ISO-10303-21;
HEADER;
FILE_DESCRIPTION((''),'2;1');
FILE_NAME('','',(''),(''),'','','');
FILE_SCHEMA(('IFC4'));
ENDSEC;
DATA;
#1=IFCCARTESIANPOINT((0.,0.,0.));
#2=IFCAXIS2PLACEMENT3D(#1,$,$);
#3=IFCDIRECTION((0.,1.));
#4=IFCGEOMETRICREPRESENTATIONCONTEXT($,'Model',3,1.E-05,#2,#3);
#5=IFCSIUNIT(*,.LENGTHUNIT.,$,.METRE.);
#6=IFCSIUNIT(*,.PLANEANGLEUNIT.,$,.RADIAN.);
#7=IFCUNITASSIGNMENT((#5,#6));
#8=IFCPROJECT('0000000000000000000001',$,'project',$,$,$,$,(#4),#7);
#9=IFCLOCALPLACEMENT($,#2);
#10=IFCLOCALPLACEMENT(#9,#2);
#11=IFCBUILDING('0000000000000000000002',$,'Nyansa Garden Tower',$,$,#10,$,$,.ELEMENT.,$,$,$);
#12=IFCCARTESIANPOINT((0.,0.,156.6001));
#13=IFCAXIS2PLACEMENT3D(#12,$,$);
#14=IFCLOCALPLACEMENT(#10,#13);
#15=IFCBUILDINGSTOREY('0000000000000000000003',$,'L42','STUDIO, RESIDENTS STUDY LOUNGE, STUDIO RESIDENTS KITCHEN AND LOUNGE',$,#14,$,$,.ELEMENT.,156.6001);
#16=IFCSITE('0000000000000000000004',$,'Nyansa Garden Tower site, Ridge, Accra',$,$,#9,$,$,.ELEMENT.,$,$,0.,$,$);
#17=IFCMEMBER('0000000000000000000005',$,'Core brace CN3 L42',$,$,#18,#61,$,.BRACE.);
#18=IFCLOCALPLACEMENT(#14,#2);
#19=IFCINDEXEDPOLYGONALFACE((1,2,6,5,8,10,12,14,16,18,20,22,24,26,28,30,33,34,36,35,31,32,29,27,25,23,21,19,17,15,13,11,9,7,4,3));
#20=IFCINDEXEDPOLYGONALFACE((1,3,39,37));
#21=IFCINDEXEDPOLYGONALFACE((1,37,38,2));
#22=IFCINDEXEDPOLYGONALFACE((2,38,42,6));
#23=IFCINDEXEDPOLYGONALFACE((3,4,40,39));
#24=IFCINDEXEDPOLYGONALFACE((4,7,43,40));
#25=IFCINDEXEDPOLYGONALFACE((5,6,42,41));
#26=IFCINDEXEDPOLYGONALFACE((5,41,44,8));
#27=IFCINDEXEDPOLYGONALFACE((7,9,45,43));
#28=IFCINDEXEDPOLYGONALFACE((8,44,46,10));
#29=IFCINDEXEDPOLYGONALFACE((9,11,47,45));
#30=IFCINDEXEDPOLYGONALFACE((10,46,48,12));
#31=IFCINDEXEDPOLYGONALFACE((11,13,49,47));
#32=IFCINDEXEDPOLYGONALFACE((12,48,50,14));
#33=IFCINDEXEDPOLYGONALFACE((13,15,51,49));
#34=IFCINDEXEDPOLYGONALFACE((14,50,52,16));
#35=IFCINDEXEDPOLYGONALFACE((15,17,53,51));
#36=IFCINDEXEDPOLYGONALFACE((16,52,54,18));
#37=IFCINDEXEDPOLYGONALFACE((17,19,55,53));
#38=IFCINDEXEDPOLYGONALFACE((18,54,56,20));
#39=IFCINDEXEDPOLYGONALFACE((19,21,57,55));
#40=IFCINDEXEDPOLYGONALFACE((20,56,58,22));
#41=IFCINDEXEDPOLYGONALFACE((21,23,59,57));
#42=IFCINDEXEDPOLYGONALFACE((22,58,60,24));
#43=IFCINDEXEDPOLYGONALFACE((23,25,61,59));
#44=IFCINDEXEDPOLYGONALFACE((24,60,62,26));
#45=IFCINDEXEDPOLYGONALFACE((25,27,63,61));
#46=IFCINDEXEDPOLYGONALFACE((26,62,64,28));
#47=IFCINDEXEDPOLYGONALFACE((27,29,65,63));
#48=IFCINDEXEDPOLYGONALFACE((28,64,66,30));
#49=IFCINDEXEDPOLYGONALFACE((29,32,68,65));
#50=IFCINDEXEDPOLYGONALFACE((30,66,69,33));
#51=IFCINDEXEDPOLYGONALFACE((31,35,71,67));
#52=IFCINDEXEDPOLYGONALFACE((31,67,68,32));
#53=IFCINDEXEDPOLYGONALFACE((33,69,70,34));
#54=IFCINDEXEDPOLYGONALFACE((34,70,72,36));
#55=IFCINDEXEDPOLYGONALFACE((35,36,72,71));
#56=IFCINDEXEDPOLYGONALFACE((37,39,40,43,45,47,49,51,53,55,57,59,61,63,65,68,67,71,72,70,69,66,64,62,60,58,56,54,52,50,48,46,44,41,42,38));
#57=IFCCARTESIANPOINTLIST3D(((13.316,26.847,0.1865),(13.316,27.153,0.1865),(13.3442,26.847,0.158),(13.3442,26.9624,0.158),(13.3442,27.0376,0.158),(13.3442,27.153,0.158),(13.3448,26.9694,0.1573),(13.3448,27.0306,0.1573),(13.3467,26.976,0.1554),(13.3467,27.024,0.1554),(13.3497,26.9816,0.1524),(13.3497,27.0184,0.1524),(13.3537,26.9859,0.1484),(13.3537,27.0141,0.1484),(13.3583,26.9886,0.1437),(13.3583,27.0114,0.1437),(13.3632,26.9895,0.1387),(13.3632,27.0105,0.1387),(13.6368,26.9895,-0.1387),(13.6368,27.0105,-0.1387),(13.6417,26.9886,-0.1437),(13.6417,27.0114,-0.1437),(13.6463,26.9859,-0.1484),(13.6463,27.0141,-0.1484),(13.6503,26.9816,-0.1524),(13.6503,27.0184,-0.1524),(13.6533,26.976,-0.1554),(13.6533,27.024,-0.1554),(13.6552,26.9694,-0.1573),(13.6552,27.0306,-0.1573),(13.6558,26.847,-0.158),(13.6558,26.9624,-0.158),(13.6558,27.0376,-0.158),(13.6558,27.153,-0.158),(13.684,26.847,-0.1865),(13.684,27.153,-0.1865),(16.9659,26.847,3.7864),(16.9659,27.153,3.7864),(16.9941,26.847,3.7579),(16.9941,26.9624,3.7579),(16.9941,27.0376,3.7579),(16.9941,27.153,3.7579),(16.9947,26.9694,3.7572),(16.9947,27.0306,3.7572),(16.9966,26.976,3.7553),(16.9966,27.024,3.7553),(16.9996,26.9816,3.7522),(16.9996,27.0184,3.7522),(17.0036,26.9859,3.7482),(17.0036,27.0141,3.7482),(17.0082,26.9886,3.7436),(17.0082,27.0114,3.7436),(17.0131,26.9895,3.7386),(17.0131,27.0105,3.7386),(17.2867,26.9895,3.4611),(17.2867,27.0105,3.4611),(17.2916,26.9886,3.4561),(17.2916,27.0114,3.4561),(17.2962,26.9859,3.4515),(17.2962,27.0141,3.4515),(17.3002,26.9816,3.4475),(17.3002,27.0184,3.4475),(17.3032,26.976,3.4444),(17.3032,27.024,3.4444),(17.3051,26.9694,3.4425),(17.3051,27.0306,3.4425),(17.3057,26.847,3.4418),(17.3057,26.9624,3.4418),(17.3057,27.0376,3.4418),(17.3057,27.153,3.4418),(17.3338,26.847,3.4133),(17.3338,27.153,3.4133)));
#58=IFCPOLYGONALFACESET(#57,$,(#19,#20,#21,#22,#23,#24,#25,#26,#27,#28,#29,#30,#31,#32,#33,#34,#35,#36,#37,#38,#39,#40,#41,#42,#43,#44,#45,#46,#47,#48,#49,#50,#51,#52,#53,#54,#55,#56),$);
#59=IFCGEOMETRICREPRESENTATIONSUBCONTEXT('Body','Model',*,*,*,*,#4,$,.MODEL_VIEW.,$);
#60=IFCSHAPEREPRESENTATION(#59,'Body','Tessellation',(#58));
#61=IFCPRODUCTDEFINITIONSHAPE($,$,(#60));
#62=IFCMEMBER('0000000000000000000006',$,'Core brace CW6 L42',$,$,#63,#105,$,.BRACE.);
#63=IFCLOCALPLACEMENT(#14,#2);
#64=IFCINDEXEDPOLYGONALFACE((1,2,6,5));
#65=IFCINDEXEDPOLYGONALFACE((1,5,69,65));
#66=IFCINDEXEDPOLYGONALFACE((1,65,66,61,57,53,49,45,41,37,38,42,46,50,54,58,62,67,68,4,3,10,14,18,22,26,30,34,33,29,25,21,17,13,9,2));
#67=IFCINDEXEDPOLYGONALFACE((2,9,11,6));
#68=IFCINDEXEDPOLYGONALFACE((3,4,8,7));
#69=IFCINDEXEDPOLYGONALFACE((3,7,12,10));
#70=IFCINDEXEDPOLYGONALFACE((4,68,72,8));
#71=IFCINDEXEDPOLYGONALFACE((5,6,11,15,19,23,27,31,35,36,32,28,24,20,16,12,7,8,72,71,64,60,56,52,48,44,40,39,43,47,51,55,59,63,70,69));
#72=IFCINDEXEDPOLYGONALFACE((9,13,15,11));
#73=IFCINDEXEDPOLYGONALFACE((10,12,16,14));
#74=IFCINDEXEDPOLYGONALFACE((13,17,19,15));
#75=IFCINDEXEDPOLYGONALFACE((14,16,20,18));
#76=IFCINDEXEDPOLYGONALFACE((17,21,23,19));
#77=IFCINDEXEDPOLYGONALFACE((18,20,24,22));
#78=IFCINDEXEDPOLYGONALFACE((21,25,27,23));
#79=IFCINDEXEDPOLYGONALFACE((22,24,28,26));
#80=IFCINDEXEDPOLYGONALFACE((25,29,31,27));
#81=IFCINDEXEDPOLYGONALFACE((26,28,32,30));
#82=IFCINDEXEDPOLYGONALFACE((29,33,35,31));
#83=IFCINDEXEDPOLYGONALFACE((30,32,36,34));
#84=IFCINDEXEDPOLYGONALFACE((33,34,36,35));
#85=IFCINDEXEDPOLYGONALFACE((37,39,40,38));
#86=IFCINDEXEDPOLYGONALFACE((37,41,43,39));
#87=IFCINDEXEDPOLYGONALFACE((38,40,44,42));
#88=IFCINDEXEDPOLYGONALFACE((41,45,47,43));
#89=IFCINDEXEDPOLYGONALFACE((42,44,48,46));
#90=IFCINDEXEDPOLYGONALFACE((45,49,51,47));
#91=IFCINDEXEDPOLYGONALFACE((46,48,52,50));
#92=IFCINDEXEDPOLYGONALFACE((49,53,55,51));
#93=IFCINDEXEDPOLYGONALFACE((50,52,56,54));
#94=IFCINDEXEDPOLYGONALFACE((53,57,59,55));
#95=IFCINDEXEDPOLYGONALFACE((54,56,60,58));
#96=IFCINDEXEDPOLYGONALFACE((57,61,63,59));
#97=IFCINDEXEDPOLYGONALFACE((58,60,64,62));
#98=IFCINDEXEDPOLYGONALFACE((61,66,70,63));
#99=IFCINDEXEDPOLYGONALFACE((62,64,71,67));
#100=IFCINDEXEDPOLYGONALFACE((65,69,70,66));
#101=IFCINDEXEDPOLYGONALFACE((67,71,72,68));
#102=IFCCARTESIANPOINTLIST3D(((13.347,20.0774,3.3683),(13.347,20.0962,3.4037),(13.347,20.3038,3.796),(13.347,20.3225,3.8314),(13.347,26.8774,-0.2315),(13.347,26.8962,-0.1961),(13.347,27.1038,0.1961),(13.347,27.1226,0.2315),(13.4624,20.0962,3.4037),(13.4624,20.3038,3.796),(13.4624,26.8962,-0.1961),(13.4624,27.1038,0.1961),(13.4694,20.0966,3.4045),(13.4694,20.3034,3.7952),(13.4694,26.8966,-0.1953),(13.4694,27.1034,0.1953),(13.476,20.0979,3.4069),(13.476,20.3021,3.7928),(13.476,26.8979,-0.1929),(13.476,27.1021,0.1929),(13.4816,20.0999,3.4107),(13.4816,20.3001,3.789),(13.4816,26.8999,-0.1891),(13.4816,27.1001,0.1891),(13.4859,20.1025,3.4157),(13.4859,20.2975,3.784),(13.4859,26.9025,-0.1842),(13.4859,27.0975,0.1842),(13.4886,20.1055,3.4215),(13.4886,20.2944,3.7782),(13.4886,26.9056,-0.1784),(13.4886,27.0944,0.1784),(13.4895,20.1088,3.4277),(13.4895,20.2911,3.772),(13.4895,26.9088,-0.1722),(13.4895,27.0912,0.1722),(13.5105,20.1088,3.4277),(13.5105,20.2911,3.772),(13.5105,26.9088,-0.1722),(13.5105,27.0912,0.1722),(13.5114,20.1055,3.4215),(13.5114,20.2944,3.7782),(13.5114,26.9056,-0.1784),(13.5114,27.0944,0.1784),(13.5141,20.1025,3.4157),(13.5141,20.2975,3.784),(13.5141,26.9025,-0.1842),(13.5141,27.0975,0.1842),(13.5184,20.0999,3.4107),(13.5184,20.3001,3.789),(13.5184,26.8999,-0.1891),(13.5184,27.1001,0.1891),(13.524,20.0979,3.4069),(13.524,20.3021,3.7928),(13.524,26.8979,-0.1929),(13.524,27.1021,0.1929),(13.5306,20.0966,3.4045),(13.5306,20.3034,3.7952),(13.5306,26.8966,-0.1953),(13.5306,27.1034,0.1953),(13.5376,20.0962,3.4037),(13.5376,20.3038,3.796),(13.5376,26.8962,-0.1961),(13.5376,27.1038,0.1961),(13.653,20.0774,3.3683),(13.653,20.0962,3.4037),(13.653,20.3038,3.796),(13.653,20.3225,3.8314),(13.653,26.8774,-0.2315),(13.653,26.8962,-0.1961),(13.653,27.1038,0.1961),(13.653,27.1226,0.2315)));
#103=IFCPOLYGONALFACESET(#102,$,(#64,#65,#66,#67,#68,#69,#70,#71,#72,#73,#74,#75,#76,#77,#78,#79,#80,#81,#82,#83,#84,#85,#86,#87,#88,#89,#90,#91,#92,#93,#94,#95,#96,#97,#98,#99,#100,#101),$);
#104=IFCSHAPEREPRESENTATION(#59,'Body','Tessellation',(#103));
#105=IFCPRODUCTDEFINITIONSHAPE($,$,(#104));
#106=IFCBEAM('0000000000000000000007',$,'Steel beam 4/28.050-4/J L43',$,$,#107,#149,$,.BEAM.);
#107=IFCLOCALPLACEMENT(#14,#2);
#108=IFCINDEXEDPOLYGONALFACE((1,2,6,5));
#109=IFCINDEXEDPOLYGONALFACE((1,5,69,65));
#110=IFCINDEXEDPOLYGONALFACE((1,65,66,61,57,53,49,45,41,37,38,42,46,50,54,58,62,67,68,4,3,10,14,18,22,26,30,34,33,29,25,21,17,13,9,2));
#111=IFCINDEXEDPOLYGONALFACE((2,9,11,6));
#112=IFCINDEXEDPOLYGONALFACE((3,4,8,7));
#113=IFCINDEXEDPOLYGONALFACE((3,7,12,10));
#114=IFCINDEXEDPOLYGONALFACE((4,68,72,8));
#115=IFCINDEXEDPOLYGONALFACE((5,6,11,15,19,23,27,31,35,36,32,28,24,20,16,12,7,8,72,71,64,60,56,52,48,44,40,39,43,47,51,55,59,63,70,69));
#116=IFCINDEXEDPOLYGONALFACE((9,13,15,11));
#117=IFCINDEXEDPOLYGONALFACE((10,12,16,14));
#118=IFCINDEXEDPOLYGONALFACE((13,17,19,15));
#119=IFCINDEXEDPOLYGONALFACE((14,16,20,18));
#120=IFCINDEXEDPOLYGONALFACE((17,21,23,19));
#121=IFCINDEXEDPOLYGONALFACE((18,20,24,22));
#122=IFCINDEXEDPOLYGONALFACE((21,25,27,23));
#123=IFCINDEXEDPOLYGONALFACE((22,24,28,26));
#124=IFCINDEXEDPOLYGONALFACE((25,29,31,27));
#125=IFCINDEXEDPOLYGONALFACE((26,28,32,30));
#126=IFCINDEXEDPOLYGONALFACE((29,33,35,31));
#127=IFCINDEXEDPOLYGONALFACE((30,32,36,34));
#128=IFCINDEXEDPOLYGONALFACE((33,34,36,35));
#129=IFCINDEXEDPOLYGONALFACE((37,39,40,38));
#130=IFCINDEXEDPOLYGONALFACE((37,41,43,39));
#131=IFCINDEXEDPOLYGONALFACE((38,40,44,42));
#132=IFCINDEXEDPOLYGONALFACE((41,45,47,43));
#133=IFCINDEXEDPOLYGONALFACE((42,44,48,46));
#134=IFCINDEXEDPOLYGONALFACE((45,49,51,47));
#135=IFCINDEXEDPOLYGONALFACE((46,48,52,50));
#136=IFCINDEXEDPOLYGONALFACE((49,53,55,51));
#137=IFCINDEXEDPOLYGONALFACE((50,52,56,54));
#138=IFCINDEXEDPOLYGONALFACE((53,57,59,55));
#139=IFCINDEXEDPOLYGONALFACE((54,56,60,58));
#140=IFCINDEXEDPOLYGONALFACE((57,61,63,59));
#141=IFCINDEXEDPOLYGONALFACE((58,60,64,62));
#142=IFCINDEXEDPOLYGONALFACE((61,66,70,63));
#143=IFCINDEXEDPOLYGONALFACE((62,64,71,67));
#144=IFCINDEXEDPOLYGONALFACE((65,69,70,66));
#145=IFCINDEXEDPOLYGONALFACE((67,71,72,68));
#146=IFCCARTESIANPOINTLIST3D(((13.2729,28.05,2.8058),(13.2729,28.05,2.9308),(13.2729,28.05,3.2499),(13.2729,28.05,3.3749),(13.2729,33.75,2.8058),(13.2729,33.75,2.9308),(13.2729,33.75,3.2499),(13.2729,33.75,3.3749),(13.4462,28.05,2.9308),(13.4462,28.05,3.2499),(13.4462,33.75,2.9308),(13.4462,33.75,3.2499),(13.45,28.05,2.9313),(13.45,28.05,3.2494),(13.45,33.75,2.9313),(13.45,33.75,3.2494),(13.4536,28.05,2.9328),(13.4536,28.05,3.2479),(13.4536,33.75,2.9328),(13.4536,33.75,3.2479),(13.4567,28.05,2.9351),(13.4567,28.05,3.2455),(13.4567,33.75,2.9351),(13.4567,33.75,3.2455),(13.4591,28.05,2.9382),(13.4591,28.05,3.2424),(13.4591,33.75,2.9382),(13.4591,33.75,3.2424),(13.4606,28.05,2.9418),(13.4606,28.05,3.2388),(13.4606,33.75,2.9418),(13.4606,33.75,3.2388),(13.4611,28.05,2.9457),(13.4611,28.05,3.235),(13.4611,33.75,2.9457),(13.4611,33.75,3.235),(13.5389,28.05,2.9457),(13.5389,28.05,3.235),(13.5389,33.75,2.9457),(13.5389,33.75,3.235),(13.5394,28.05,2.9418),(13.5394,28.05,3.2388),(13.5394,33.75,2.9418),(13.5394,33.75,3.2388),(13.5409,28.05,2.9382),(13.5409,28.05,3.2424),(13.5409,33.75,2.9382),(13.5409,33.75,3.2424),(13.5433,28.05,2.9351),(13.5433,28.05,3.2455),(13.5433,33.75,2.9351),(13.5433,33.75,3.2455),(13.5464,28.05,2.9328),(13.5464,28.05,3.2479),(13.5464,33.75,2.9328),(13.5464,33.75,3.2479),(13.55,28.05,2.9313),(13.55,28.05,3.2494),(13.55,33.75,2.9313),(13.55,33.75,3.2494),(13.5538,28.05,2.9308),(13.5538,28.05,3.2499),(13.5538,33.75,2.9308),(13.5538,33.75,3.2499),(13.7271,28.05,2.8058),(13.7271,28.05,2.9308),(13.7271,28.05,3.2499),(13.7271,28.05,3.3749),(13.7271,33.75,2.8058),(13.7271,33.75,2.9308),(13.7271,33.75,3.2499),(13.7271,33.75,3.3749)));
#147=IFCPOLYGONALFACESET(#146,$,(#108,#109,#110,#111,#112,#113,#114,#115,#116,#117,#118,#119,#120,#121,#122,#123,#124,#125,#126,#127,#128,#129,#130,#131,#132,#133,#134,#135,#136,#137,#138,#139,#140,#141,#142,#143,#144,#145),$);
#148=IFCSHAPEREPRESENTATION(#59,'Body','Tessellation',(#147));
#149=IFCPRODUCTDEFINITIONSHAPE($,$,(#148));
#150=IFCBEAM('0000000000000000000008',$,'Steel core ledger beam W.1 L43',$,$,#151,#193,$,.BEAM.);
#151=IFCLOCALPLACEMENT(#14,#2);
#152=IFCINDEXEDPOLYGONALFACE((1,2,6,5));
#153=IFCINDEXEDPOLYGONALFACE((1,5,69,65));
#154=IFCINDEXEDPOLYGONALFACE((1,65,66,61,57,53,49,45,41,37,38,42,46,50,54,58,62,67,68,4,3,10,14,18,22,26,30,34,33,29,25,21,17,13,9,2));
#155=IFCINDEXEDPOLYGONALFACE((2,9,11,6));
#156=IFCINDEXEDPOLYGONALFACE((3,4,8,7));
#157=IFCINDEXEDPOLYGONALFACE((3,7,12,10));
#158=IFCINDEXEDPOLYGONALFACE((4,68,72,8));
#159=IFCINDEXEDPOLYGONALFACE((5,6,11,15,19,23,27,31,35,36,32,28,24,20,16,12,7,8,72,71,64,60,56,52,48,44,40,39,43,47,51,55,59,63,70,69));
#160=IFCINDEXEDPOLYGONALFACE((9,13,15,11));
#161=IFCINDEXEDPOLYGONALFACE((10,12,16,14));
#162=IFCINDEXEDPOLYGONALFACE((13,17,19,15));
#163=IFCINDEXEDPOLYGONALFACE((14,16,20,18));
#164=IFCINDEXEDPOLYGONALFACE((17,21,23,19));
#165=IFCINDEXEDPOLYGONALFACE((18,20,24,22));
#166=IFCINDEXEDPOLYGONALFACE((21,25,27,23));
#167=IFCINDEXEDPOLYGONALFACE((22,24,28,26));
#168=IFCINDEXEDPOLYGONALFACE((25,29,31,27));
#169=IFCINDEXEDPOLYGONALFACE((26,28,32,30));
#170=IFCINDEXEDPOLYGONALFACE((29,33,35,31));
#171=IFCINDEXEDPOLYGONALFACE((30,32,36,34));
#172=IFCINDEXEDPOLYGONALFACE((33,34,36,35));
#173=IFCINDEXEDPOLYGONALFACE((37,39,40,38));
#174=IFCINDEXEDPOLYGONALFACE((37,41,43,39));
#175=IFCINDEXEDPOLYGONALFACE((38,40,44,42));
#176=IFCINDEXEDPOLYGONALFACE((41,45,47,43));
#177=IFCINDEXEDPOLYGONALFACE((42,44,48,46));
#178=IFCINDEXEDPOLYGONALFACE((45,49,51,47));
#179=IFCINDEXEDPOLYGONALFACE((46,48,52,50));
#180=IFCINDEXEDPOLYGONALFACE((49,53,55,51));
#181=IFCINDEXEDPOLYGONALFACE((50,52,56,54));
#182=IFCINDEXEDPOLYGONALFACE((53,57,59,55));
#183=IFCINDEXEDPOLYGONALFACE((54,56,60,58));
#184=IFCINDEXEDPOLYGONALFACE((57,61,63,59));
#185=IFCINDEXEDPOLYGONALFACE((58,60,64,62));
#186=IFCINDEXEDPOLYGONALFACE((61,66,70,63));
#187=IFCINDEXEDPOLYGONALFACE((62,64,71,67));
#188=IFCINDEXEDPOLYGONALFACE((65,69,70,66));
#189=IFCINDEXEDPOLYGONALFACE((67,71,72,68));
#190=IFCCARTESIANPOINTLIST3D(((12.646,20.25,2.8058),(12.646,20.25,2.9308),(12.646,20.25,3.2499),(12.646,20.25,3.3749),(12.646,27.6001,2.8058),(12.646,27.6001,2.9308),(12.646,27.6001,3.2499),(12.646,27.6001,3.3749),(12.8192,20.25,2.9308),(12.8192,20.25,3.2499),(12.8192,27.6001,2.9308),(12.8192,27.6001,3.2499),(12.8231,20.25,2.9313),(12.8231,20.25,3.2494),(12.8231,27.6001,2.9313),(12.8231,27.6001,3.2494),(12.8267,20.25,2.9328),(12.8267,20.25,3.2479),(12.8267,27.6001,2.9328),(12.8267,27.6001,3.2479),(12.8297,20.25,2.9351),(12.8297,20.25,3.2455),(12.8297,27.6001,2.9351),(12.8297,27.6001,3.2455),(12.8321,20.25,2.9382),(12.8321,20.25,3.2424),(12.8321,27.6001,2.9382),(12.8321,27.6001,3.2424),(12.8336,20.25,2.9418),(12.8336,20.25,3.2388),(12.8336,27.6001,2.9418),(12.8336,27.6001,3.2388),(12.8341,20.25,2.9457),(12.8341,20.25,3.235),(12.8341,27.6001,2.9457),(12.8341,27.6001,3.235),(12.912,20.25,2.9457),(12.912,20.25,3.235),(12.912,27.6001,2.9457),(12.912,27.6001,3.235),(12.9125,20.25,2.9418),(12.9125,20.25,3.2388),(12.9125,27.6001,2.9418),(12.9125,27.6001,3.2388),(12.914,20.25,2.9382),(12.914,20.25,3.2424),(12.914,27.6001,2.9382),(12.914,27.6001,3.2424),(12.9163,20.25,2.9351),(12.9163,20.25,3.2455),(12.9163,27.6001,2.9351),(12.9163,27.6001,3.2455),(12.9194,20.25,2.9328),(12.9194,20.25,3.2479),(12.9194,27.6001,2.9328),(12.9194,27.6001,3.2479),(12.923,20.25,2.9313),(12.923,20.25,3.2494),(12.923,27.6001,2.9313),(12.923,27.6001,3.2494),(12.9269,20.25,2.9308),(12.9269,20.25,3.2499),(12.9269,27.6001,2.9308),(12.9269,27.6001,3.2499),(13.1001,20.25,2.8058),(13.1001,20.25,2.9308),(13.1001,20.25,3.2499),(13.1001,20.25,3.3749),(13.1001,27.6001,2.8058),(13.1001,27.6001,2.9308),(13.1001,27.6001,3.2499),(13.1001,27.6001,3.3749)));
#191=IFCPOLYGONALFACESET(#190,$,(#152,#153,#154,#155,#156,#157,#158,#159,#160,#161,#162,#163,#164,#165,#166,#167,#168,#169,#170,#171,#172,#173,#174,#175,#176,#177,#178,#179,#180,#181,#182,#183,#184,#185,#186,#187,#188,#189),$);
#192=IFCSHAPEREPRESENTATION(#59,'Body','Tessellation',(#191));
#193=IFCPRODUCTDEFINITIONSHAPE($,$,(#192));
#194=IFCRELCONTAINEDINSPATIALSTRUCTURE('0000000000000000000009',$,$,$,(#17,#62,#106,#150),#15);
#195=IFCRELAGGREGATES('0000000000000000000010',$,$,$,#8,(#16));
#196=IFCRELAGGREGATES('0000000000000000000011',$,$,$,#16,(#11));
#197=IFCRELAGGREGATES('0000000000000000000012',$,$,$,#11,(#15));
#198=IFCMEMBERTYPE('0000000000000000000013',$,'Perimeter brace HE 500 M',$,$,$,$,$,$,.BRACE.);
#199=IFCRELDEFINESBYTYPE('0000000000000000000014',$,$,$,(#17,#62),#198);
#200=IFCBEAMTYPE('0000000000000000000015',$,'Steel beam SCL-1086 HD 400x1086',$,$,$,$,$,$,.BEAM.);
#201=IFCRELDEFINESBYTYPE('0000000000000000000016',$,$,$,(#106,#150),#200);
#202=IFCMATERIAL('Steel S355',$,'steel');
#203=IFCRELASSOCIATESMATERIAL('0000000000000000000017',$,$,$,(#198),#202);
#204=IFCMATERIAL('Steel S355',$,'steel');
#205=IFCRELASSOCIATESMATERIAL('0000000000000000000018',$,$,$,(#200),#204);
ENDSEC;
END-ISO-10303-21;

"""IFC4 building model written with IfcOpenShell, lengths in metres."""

from ifc_helpers import new_model, si_unit, direction, frame, origin, origin_2d, place, context, subcontext, project, spatial, i_section, extrude, material, material_profile, profile_set, type_object, element, save


model = new_model("IFC4")

# Units and contexts
model_context = context("Model", 3, precision=1e-05, world=origin(), true_north=direction((0.0, 1.0)))
body_context = subcontext(model_context, "Body", "Model", "MODEL_VIEW")
ifc_project = project(units=[si_unit("LENGTHUNIT", "METRE"), si_unit("PLANEANGLEUNIT", "RADIAN")], contexts=[model_context])

# Site, building, storey
site_placement = place(None, origin())
site = spatial("IfcSite", under=ifc_project, at=site_placement, Name="Nyansa Garden Tower site, Ridge, Accra", CompositionType="ELEMENT", RefElevation=0.0)
building_placement = place(site_placement, origin())
building = spatial("IfcBuilding", under=site, at=building_placement, Name="Nyansa Garden Tower", CompositionType="ELEMENT")
storey_placement = place(building_placement, frame((0.0, 0.0, 156.6001)))
storey = spatial("IfcBuildingStorey", under=building, at=storey_placement, Name="L42", Description="STUDIO, RESIDENTS STUDY LOUNGE, STUDIO RESIDENTS KITCHEN AND LOUNGE", CompositionType="ELEMENT", Elevation=156.6001)

# Members
ifc_material_1 = material(Name="Steel S355", Category="steel")
ifc_material_profile_1 = material_profile(ifc_material_1, i_section(OverallWidth=0.3059, OverallDepth=0.5239, WebThickness=0.021, FlangeThickness=0.04, FilletRadius=0.0271, at=origin_2d()), Name="HE 500 M")
ifc_profile_set_1 = profile_set([ifc_material_profile_1], Name="Steel S355")
member_type = type_object("IfcMemberType", Name="Perimeter brace HE 500 M", PredefinedType="BRACE", material=ifc_profile_set_1)
member_1_placement = place(storey_placement, frame((13.5, 27.0, 0.0), z_axis=(0.711971, 0.0, 0.702209), x_axis=(0.0, 1.0, 0.0)))
element("IfcMember", 1, at=member_1_placement, inside=storey, type_object=member_type, Name="Core brace CN3 L42", PredefinedType="BRACE", context=body_context, shape_type="SweptSolid", body=[
    extrude(i_section(OverallWidth=0.3059, OverallDepth=0.5239, WebThickness=0.021, FlangeThickness=0.04, FilletRadius=0.0271, at=origin_2d()), origin(), (0.0, 0.0, 1.0), 5.1265),
])
member_2_placement = place(storey_placement, frame((13.5, 27.0, 0.0), z_axis=(0.0, -0.883797, 0.46787), x_axis=(1.0, 0.0, 0.0)))
element("IfcMember", 2, at=member_2_placement, inside=storey, type_object=member_type, Name="Core brace CW6 L42", PredefinedType="BRACE", context=body_context, shape_type="SweptSolid", body=[
    extrude(i_section(OverallWidth=0.3059, OverallDepth=0.5239, WebThickness=0.021, FlangeThickness=0.04, FilletRadius=0.0271, at=origin_2d()), origin(), (0.0, 0.0, 1.0), 7.6941),
])

# Beams
ifc_material_2 = material(Name="Steel S355", Category="steel")
ifc_material_profile_2 = material_profile(ifc_material_2, i_section(OverallWidth=0.4541, OverallDepth=0.5691, WebThickness=0.0779, FlangeThickness=0.125, FilletRadius=0.0149, at=origin_2d()), Name="HD 400x1086")
ifc_profile_set_2 = profile_set([ifc_material_profile_2], Name="Steel S355")
beam_type = type_object("IfcBeamType", Name="Steel beam SCL-1086 HD 400x1086", PredefinedType="BEAM", material=ifc_profile_set_2)
beam_1_placement = place(storey_placement, frame((13.5, 28.05, 3.0903), z_axis=(0.0, 1.0, 0.0), x_axis=(-1.0, 0.0, 0.0)))
element("IfcBeam", 3, at=beam_1_placement, inside=storey, type_object=beam_type, Name="Steel beam 4/28.050-4/J L43", PredefinedType="BEAM", context=body_context, shape_type="SweptSolid", body=[
    extrude(i_section(OverallWidth=0.4541, OverallDepth=0.5691, WebThickness=0.0779, FlangeThickness=0.125, FilletRadius=0.0149, at=origin_2d()), origin(), (0.0, 0.0, 1.0), 5.7),
])
beam_2_placement = place(storey_placement, frame((12.873, 27.6001, 3.0903), z_axis=(0.0, -1.0, 0.0), x_axis=(1.0, 0.0, 0.0)))
element("IfcBeam", 4, at=beam_2_placement, inside=storey, type_object=beam_type, Name="Steel core ledger beam W.1 L43", PredefinedType="BEAM", context=body_context, shape_type="SweptSolid", body=[
    extrude(i_section(OverallWidth=0.4541, OverallDepth=0.5691, WebThickness=0.0779, FlangeThickness=0.125, FilletRadius=0.0149, at=origin_2d()), origin(), (0.0, 0.0, 1.0), 7.3501),
])

save(model, "model.ifc")
